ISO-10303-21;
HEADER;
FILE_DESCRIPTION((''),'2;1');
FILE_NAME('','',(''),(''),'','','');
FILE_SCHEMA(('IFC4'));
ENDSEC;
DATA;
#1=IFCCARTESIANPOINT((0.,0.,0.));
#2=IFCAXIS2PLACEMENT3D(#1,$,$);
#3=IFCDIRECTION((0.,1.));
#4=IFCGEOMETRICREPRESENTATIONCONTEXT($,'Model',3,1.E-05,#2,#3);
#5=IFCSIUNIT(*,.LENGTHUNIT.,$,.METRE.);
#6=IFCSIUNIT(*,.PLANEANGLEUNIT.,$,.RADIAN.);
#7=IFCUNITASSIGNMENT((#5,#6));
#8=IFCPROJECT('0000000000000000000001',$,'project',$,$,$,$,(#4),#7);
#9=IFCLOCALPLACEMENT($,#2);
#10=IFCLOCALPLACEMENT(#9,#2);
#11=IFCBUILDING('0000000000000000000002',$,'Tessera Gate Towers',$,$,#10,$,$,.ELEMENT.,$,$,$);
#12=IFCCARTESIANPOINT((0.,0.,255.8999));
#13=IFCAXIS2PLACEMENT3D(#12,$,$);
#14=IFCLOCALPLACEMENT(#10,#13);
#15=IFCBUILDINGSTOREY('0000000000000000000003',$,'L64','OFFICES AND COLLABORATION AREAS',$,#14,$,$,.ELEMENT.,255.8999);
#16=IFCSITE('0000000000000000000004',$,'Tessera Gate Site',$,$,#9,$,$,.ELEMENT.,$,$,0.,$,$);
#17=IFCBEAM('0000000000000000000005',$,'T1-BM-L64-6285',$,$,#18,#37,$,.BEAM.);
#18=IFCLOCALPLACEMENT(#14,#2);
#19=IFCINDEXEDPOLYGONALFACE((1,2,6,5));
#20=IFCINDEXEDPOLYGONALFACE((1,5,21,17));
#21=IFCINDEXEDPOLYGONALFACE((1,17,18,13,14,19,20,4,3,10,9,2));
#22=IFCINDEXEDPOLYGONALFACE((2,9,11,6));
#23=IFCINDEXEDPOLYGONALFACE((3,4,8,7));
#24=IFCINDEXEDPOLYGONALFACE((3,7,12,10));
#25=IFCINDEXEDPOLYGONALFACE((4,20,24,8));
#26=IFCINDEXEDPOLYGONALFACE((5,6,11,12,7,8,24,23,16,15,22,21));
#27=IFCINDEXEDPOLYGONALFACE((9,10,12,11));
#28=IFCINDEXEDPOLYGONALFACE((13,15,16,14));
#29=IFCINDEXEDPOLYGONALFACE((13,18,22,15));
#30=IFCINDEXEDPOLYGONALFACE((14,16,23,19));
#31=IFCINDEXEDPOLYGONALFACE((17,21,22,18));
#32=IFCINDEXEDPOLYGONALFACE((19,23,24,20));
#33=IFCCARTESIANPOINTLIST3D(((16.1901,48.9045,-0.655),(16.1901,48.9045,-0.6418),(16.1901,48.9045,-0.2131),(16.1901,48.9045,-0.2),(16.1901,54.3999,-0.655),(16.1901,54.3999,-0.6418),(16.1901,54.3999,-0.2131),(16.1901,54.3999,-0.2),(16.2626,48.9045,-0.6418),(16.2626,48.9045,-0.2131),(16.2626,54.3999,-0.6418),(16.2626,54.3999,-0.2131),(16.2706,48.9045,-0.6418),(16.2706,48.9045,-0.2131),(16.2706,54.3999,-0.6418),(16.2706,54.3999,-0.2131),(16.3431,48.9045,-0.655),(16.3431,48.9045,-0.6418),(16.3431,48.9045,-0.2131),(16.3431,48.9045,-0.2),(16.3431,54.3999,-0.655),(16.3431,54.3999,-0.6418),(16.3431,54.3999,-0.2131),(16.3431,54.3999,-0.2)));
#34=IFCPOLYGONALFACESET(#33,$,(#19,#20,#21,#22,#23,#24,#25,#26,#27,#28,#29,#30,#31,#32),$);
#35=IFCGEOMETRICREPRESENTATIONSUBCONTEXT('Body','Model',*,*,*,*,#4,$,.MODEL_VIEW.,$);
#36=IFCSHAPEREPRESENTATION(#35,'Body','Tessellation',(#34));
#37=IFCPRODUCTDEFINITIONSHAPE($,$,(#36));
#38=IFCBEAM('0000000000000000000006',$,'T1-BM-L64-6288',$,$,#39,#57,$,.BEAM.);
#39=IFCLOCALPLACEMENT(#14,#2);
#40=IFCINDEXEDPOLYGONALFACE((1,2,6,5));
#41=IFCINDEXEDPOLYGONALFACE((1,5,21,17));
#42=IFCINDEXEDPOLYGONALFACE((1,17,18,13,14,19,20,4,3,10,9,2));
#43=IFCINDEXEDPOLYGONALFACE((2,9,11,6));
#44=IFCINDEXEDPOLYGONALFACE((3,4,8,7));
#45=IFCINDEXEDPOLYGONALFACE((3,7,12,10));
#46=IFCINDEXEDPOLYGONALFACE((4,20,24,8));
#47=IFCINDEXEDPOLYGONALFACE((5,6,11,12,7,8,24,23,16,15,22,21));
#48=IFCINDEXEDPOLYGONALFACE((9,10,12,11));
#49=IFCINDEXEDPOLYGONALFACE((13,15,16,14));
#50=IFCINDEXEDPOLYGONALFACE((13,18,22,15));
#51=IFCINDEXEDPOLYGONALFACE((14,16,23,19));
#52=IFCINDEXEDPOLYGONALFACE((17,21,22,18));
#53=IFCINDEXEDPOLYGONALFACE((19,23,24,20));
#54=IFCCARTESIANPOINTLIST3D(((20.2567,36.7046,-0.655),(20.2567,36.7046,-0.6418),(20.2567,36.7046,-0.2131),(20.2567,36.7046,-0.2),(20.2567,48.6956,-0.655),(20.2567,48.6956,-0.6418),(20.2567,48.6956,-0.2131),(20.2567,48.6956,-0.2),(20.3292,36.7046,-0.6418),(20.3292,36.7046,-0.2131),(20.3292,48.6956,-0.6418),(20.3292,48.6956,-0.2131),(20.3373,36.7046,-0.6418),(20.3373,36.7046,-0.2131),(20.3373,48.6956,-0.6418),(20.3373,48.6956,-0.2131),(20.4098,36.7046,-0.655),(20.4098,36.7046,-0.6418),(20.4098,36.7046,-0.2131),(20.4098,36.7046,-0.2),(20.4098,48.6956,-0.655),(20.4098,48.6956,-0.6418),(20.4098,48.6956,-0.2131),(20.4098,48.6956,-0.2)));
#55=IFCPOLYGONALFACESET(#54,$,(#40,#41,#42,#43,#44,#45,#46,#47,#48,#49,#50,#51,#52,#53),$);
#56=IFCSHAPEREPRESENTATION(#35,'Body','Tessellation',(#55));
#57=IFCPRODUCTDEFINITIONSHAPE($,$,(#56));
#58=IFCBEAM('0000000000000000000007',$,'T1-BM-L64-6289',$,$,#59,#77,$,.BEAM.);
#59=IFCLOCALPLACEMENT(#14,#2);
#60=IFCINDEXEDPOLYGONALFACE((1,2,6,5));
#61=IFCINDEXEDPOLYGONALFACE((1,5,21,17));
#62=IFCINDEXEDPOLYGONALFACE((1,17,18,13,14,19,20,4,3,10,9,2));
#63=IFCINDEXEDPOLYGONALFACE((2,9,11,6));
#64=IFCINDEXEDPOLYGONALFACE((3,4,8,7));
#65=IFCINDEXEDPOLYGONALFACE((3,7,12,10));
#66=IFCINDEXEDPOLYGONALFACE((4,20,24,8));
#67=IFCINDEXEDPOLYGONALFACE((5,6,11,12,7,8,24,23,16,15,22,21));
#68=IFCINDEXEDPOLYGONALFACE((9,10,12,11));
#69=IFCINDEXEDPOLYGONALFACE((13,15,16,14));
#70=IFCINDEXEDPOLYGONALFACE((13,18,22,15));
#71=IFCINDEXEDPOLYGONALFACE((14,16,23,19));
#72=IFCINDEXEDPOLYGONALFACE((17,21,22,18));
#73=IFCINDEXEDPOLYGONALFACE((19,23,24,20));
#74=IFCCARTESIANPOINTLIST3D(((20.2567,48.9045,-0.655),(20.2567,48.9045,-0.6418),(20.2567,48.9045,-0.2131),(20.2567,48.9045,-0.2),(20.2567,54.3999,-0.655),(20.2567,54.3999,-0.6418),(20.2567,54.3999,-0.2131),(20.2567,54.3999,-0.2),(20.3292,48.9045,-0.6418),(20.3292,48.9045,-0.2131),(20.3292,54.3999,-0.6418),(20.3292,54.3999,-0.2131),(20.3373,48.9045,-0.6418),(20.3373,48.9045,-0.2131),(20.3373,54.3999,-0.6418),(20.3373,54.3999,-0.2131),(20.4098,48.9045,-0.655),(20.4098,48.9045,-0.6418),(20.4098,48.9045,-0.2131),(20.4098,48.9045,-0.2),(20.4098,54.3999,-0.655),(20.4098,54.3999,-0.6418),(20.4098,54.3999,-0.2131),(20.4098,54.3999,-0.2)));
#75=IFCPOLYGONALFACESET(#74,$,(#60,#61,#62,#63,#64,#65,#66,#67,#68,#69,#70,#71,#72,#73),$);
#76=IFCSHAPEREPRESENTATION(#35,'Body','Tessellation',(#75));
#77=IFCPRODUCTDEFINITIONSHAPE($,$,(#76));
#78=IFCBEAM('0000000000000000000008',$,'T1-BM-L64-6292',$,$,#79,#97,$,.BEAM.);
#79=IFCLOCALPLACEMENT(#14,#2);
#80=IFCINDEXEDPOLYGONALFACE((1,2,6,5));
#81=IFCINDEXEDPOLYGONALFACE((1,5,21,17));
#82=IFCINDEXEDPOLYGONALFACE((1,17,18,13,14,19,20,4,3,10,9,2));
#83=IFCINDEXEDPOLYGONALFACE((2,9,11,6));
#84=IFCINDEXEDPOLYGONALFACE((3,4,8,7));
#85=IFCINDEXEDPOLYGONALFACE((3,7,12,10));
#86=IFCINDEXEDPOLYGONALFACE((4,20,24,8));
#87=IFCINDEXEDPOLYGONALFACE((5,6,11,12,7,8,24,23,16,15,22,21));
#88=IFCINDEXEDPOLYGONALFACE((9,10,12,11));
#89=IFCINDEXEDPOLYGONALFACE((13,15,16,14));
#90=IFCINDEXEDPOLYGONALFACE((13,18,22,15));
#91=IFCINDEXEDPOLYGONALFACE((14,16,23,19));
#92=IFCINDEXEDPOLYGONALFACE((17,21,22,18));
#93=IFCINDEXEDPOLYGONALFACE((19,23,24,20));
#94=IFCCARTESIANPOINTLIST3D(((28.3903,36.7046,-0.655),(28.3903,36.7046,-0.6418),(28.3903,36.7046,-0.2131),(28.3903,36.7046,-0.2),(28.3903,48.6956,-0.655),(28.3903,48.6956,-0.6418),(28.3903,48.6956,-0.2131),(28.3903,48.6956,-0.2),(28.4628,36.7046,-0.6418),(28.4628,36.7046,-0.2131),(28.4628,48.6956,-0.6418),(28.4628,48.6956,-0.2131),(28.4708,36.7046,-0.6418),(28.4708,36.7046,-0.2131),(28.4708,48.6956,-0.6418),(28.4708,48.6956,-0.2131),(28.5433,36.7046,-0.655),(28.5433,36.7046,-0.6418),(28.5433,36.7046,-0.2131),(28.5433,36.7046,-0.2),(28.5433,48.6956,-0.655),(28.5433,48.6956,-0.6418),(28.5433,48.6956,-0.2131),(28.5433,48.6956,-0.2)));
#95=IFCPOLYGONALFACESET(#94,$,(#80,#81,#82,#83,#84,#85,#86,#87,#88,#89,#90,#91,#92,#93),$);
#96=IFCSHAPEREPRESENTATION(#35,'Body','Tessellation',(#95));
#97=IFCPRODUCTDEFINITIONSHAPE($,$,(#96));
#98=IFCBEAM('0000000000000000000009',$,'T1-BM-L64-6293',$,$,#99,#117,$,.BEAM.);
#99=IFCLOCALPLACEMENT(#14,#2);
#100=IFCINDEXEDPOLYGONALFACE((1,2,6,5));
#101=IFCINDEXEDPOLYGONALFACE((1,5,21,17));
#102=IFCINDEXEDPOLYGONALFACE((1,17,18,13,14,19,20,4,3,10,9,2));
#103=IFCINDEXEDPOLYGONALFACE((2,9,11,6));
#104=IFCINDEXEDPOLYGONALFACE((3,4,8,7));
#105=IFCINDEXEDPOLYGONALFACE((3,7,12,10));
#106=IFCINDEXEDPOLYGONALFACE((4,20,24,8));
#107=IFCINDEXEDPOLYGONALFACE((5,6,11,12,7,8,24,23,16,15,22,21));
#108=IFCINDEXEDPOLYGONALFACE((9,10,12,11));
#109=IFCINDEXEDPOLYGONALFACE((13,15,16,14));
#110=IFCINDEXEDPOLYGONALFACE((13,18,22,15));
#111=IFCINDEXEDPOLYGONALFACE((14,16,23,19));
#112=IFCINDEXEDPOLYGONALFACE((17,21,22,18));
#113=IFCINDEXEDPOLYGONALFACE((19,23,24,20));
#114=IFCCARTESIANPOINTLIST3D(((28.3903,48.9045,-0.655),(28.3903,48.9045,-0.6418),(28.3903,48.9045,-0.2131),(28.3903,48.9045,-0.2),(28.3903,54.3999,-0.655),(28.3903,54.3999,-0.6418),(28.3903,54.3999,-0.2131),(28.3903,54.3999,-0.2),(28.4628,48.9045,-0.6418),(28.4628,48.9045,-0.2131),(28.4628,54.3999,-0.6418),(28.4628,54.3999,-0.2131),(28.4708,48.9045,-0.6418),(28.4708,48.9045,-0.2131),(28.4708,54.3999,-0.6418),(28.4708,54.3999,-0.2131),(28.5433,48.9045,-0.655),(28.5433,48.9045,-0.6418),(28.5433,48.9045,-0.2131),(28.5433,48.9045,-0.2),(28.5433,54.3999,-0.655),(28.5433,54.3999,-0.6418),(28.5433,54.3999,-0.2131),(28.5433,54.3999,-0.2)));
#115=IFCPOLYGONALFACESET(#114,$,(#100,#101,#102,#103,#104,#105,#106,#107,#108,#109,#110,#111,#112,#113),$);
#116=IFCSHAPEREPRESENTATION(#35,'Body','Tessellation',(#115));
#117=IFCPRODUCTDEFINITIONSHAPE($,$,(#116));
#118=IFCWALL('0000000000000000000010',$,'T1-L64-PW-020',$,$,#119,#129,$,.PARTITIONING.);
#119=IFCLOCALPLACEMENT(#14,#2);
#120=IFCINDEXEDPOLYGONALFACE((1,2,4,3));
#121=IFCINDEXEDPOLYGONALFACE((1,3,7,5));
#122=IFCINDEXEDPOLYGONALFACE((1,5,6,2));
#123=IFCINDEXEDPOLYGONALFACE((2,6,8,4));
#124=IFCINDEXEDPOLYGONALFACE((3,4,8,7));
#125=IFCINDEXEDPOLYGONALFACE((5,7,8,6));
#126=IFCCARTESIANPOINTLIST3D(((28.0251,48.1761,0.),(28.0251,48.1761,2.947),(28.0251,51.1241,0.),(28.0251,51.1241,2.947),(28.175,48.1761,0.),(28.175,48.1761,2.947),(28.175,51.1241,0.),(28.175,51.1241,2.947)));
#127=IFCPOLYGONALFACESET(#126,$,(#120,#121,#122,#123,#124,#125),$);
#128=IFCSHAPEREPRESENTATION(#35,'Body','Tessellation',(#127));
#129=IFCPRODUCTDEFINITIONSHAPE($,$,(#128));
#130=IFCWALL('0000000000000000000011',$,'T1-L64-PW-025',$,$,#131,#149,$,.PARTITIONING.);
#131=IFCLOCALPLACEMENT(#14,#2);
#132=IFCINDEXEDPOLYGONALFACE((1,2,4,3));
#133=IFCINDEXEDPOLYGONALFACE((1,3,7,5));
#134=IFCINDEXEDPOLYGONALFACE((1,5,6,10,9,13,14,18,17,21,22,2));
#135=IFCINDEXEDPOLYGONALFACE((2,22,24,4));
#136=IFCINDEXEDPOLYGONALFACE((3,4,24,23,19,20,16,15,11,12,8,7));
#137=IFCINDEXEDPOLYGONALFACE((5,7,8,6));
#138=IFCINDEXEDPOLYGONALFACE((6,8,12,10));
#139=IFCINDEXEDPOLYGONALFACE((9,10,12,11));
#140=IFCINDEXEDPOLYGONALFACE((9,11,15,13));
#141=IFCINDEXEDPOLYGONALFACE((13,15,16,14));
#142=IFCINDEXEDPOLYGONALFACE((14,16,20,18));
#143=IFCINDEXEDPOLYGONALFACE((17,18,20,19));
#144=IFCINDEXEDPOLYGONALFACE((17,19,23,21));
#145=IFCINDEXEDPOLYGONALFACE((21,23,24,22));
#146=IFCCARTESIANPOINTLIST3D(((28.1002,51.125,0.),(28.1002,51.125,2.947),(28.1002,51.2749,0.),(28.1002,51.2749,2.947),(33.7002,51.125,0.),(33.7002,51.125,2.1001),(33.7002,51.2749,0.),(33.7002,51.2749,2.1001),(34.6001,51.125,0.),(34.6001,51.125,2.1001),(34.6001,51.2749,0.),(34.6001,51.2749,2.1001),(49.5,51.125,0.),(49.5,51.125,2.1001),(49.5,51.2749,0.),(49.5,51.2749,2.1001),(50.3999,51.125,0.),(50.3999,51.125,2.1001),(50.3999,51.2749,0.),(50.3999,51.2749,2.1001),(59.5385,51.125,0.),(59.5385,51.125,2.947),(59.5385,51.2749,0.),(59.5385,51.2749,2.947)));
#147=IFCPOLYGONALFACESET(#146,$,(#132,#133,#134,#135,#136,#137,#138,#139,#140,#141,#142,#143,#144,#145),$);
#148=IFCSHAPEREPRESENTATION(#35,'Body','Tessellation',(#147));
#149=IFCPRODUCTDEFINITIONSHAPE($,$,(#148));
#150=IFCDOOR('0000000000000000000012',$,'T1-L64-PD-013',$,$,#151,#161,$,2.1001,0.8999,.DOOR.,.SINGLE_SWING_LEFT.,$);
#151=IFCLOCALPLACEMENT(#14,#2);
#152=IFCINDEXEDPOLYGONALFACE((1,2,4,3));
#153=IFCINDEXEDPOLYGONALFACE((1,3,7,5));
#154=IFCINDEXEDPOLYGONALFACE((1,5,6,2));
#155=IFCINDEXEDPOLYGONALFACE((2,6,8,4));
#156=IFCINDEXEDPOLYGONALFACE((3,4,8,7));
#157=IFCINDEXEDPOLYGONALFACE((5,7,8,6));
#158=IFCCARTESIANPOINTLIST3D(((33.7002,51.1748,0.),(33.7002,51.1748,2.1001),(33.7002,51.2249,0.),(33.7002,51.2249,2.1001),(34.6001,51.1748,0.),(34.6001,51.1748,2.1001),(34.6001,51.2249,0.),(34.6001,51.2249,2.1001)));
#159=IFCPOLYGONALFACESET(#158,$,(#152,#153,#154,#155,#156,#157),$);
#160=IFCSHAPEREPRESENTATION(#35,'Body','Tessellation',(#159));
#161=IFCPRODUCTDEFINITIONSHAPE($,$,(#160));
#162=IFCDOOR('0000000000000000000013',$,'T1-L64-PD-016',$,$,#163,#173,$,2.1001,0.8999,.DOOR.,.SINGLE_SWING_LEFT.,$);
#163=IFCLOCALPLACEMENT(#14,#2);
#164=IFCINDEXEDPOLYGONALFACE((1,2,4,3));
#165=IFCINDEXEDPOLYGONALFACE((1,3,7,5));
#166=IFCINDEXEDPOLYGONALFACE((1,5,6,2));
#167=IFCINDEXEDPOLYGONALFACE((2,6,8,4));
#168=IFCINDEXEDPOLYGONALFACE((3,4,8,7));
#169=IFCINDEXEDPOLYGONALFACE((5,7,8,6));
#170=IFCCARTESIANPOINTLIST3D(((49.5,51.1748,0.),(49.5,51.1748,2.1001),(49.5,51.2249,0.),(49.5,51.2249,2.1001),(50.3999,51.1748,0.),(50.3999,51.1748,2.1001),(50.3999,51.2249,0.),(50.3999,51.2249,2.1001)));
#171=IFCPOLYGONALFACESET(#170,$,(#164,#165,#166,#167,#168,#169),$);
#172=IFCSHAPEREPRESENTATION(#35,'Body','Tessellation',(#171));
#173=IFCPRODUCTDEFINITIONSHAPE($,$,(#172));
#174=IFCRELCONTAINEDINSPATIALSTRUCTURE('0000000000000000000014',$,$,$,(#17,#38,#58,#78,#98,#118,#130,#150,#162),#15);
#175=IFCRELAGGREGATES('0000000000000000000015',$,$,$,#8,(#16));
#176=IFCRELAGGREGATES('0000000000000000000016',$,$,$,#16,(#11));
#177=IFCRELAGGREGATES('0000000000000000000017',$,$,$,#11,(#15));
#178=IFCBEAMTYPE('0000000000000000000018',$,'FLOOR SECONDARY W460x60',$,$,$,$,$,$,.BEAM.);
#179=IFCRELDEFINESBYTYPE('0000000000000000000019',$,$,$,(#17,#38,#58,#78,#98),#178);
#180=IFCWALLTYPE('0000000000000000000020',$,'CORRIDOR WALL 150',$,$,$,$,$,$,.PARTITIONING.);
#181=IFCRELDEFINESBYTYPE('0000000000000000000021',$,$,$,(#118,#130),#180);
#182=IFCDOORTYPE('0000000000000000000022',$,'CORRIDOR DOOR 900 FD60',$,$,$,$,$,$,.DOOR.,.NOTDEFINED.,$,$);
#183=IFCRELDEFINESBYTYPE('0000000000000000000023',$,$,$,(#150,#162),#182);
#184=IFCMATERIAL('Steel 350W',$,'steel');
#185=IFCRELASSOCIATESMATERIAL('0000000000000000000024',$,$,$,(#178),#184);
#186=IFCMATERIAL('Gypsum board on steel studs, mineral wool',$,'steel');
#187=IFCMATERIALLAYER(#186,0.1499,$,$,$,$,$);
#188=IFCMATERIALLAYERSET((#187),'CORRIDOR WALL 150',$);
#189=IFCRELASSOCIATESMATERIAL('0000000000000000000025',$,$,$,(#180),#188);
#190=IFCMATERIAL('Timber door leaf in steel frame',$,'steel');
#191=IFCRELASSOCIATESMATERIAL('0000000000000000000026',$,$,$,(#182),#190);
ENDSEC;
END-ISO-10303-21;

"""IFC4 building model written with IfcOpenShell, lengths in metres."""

from ifc_helpers import new_model, si_unit, direction, frame, frame_2d, origin, origin_2d, place, context, subcontext, project, spatial, rectangle, i_section, extrude, source, transform, mapped, material, layer, layer_set, material_profile, profile_set, type_object, element, fill, save


model = new_model("IFC4")

# Units and contexts
model_context = context("Model", 3, precision=1e-05, world=origin(), true_north=direction((0.0, 1.0)))
body_context = subcontext(model_context, "Body", "Model", "MODEL_VIEW")
ifc_project = project(units=[si_unit("LENGTHUNIT", "METRE"), si_unit("PLANEANGLEUNIT", "RADIAN")], contexts=[model_context])

# Site, building, storey
site_placement = place(None, origin())
site = spatial("IfcSite", under=ifc_project, at=site_placement, Name="Tessera Gate Site", CompositionType="ELEMENT", RefElevation=0.0)
building_placement = place(site_placement, origin())
building = spatial("IfcBuilding", under=site, at=building_placement, Name="Tessera Gate Towers", CompositionType="ELEMENT")
storey_placement = place(building_placement, frame((0.0, 0.0, 255.8999)))
storey = spatial("IfcBuildingStorey", under=building, at=storey_placement, Name="L64", Description="OFFICES AND COLLABORATION AREAS", CompositionType="ELEMENT", Elevation=255.8999)

# Beams
ifc_material_1 = material(Name="Steel 350W", Category="steel")
ifc_material_profile_1 = material_profile(ifc_material_1, i_section(OverallWidth=0.1531, OverallDepth=0.4551, WebThickness=0.0081, FlangeThickness=0.0132, at=origin_2d()), Name="W460x60")
ifc_profile_set_1 = profile_set([ifc_material_profile_1], Name="Steel 350W")
beam_type_1 = type_object("IfcBeamType", Name="FLOOR SECONDARY W460x60", PredefinedType="BEAM", material=ifc_profile_set_1)
beam_1_placement = place(storey_placement, frame((16.2666, 48.9045, -0.4275), z_axis=(0.0, 1.0, 0.0), x_axis=(-1.0, 0.0, 0.0)))
element("IfcBeam", 1, at=beam_1_placement, inside=storey, type_object=beam_type_1, Name="T1-BM-L64-6285", PredefinedType="BEAM", context=body_context, shape_type="SweptSolid", body=[
    extrude(i_section(OverallWidth=0.1531, OverallDepth=0.4551, WebThickness=0.0081, FlangeThickness=0.0132, at=origin_2d()), origin(), (0.0, 0.0, 1.0), 5.4954),
])
beam_2_placement = place(storey_placement, frame((20.3333, 36.7046, -0.4275), z_axis=(0.0, 1.0, 0.0), x_axis=(-1.0, 0.0, 0.0)))
element("IfcBeam", 2, at=beam_2_placement, inside=storey, type_object=beam_type_1, Name="T1-BM-L64-6288", PredefinedType="BEAM", context=body_context, shape_type="SweptSolid", body=[
    extrude(i_section(OverallWidth=0.1531, OverallDepth=0.4551, WebThickness=0.0081, FlangeThickness=0.0132, at=origin_2d()), origin(), (0.0, 0.0, 1.0), 11.991),
])
beam_3_placement = place(storey_placement, frame((20.3333, 48.9045, -0.4275), z_axis=(0.0, 1.0, 0.0), x_axis=(-1.0, 0.0, 0.0)))
element("IfcBeam", 3, at=beam_3_placement, inside=storey, type_object=beam_type_1, Name="T1-BM-L64-6289", PredefinedType="BEAM", context=body_context, shape_type="SweptSolid", body=[
    extrude(i_section(OverallWidth=0.1531, OverallDepth=0.4551, WebThickness=0.0081, FlangeThickness=0.0132, at=origin_2d()), origin(), (0.0, 0.0, 1.0), 5.4954),
])
beam_4_placement = place(storey_placement, frame((28.4668, 36.7046, -0.4275), z_axis=(0.0, 1.0, 0.0), x_axis=(-1.0, 0.0, 0.0)))
element("IfcBeam", 4, at=beam_4_placement, inside=storey, type_object=beam_type_1, Name="T1-BM-L64-6292", PredefinedType="BEAM", context=body_context, shape_type="SweptSolid", body=[
    extrude(i_section(OverallWidth=0.1531, OverallDepth=0.4551, WebThickness=0.0081, FlangeThickness=0.0132, at=origin_2d()), origin(), (0.0, 0.0, 1.0), 11.991),
])
beam_5_placement = place(storey_placement, frame((28.4668, 48.9045, -0.4275), z_axis=(0.0, 1.0, 0.0), x_axis=(-1.0, 0.0, 0.0)))
element("IfcBeam", 5, at=beam_5_placement, inside=storey, type_object=beam_type_1, Name="T1-BM-L64-6293", PredefinedType="BEAM", context=body_context, shape_type="SweptSolid", body=[
    extrude(i_section(OverallWidth=0.1531, OverallDepth=0.4551, WebThickness=0.0081, FlangeThickness=0.0132, at=origin_2d()), origin(), (0.0, 0.0, 1.0), 5.4954),
])

# Wall
ifc_material_2 = material(Name="Gypsum board on steel studs, mineral wool", Category="steel")
ifc_layer_1 = layer(ifc_material_2, 0.1499)
ifc_layer_set_1 = layer_set([ifc_layer_1], Name="CORRIDOR WALL 150")
wall_type_1 = type_object("IfcWallType", Name="CORRIDOR WALL 150", PredefinedType="PARTITIONING", material=ifc_layer_set_1)
wall_1_placement = place(storey_placement, frame((28.1001, 48.176, 0.0), z_axis=(0.0, 0.0, 1.0), x_axis=(0.0, 1.0, 0.0)))
element("IfcWall", 6, at=wall_1_placement, inside=storey, type_object=wall_type_1, Name="T1-L64-PW-020", PredefinedType="PARTITIONING", context=body_context, shape_type="SweptSolid", body=[
    extrude(rectangle(XDim=2.948, YDim=0.1499, at=frame_2d((1.4741, 0.0))), origin(), (0.0, 0.0, 1.0), 2.947),
])

# Wall, openings, doors
wall_2_placement = place(storey_placement, frame((28.1001, 51.2, 0.0), z_axis=(0.0, 0.0, 1.0), x_axis=(1.0, 0.0, 0.0)))
wall_2 = element("IfcWall", 7, at=wall_2_placement, inside=storey, type_object=wall_type_1, Name="T1-L64-PW-025", PredefinedType="PARTITIONING", context=body_context, shape_type="SweptSolid", body=[
    extrude(rectangle(XDim=31.4382, YDim=0.1499, at=frame_2d((15.7192, 0.0))), origin(), (0.0, 0.0, 1.0), 2.947),
])
shared_shape_1 = source(origin(), body_context, "Body", "SweptSolid", [
    extrude(rectangle(XDim=0.8999, YDim=2.1001, at=frame_2d((0.45, 1.05))), frame((0.0, 0.085, 0.0), z_axis=(0.0, -1.0, 0.0), x_axis=(1.0, 0.0, 0.0)), (0.0, 0.0, 1.0), 0.1699),
])
opening_1_placement = place(wall_2_placement, frame((5.6001, 0.0, 0.0)))
opening_1 = element("IfcOpeningElement", 8, at=opening_1_placement, cuts=wall_2, PredefinedType="OPENING", context=body_context, shape_type="MappedRepresentation", body=[
    mapped(shared_shape_1, transform((0.0, 0.0, 0.0), scale=1.0)),
])
opening_2_placement = place(wall_2_placement, frame((21.3999, 0.0, 0.0)))
opening_2 = element("IfcOpeningElement", 9, at=opening_2_placement, cuts=wall_2, PredefinedType="OPENING", context=body_context, shape_type="MappedRepresentation", body=[
    mapped(shared_shape_1, transform((0.0, 0.0, 0.0), scale=1.0)),
])
ifc_material_3 = material(Name="Timber door leaf in steel frame", Category="steel")
door_type_1 = type_object("IfcDoorType", Name="CORRIDOR DOOR 900 FD60", OperationType="NOTDEFINED", PredefinedType="DOOR", material=ifc_material_3)
shared_shape_2 = source(origin(), body_context, "Body", "SweptSolid", [
    extrude(rectangle(XDim=0.8999, YDim=2.1001, at=frame_2d((0.45, 1.05))), frame((0.0, 0.0249, 0.0), z_axis=(0.0, -1.0, 0.0), x_axis=(1.0, 0.0, 0.0)), (0.0, 0.0, 1.0), 0.05),
])
door_1_placement = place(opening_1_placement, origin())
door_1 = element("IfcDoor", 10, at=door_1_placement, inside=storey, type_object=door_type_1, Name="T1-L64-PD-013", OperationType="SINGLE_SWING_LEFT", OverallHeight=2.1001, OverallWidth=0.8999, PredefinedType="DOOR", context=body_context, shape_type="MappedRepresentation", body=[
    mapped(shared_shape_2, transform((0.0, 0.0, 0.0), scale=1.0)),
])
fill(opening_1, door_1)
door_2_placement = place(opening_2_placement, origin())
door_2 = element("IfcDoor", 11, at=door_2_placement, inside=storey, type_object=door_type_1, Name="T1-L64-PD-016", OperationType="SINGLE_SWING_LEFT", OverallHeight=2.1001, OverallWidth=0.8999, PredefinedType="DOOR", context=body_context, shape_type="MappedRepresentation", body=[
    mapped(shared_shape_2, transform((0.0, 0.0, 0.0), scale=1.0)),
])
fill(opening_2, door_2)

save(model, "model.ifc")
